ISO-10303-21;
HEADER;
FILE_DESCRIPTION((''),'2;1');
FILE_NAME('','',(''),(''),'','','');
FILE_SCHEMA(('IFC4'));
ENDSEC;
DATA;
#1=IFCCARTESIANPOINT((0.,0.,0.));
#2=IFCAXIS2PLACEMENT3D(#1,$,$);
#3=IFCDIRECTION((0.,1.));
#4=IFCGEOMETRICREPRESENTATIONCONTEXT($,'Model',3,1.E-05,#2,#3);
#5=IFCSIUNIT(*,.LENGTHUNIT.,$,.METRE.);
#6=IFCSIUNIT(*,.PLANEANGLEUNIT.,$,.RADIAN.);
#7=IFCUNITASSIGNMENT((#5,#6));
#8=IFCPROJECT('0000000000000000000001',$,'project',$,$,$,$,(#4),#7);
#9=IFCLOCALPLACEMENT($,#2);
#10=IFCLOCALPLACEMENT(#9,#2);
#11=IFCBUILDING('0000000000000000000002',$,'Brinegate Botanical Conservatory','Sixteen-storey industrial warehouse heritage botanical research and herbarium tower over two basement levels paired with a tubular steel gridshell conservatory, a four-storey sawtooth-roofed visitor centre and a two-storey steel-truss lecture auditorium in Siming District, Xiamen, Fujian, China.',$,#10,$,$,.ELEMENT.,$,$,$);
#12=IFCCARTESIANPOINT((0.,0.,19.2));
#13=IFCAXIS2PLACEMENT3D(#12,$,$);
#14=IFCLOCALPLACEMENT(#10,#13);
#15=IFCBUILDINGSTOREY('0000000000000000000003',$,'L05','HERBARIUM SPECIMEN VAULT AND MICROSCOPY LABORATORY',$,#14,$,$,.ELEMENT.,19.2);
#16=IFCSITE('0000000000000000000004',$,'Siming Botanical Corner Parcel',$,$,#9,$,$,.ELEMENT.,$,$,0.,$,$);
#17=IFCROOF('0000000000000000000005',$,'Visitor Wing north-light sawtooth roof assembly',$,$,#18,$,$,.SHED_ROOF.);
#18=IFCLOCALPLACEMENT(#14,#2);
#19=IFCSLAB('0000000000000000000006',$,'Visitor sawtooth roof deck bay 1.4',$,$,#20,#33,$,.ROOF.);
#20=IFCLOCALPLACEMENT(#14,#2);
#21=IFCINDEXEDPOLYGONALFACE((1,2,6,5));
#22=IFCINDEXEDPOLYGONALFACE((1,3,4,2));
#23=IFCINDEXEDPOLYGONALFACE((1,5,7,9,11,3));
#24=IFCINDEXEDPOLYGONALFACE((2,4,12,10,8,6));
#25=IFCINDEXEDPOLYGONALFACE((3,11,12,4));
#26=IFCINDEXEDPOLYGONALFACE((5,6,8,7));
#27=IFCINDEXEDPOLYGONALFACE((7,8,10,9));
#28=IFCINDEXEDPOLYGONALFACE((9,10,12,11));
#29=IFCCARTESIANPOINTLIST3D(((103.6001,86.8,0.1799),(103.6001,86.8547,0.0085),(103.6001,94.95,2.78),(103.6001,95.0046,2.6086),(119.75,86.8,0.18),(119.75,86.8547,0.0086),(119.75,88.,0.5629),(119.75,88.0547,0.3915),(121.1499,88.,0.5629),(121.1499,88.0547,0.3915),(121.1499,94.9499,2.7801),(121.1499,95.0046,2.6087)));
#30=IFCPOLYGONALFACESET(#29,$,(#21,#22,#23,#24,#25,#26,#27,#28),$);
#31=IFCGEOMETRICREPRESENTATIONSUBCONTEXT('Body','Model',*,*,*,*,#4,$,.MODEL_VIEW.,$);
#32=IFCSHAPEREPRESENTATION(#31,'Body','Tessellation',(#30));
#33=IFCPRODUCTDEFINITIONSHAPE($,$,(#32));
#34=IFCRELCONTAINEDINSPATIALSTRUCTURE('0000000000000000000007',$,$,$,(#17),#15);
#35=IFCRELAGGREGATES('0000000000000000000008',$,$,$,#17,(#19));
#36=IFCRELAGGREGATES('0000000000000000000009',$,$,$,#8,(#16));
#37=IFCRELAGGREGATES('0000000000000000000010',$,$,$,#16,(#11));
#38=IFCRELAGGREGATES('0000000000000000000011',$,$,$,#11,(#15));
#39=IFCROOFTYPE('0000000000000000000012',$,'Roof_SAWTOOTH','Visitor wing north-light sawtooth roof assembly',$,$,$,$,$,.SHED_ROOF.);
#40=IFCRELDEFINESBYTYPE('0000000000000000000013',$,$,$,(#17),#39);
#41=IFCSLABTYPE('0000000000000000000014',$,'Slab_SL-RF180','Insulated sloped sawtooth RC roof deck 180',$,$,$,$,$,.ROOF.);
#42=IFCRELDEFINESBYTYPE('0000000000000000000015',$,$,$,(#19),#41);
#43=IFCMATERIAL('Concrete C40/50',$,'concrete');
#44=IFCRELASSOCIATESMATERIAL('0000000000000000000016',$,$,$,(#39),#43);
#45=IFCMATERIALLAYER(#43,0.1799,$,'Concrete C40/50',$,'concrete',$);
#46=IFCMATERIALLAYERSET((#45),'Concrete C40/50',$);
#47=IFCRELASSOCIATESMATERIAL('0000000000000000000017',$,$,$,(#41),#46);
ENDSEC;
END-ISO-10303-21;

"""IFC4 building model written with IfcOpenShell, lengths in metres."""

from ifc_helpers import new_model, si_unit, direction, frame, origin, place, context, subcontext, project, spatial, polyline, outline, extrude, material, layer, layer_set, type_object, element, aggregate, save


model = new_model("IFC4")

# Units and contexts
model_context = context("Model", 3, precision=1e-05, world=origin(), true_north=direction((0.0, 1.0)))
body_context = subcontext(model_context, "Body", "Model", "MODEL_VIEW")
ifc_project = project(units=[si_unit("LENGTHUNIT", "METRE"), si_unit("PLANEANGLEUNIT", "RADIAN")], contexts=[model_context])

# Site, building, storey
site_placement = place(None, origin())
site = spatial("IfcSite", under=ifc_project, at=site_placement, Name="Siming Botanical Corner Parcel", CompositionType="ELEMENT", RefElevation=0.0)
building_placement = place(site_placement, origin())
building = spatial("IfcBuilding", under=site, at=building_placement, Name="Brinegate Botanical Conservatory", Description="Sixteen-storey industrial warehouse heritage botanical research and herbarium tower over two basement levels paired with a tubular steel gridshell conservatory, a four-storey sawtooth-roofed visitor centre and a two-storey steel-truss lecture auditorium in Siming District, Xiamen, Fujian, China.", CompositionType="ELEMENT")
storey_placement = place(building_placement, frame((0.0, 0.0, 19.2)))
storey = spatial("IfcBuildingStorey", under=building, at=storey_placement, Name="L05", Description="HERBARIUM SPECIMEN VAULT AND MICROSCOPY LABORATORY", CompositionType="ELEMENT", Elevation=19.2)

# Roof, slab
ifc_material_1 = material(Name="Concrete C40/50", Category="concrete")
roof_type = type_object("IfcRoofType", Name="Roof_SAWTOOTH", Description="Visitor wing north-light sawtooth roof assembly", PredefinedType="SHED_ROOF", material=ifc_material_1)
roof_placement = place(storey_placement, origin())
roof = element("IfcRoof", 1, at=roof_placement, inside=storey, type_object=roof_type, Name="Visitor Wing north-light sawtooth roof assembly", PredefinedType="SHED_ROOF")
ifc_layer_1 = layer(ifc_material_1, 0.1799, Name="Concrete C40/50", Category="concrete")
ifc_layer_set_1 = layer_set([ifc_layer_1], Name="Concrete C40/50")
slab_type = type_object("IfcSlabType", Name="Slab_SL-RF180", Description="Insulated sloped sawtooth RC roof deck 180", PredefinedType="ROOF", material=ifc_layer_set_1)
slab_placement = place(storey_placement, frame((103.6001, 86.8, 0.1799), z_axis=(-0.000006, -0.303939, 0.952691), x_axis=(1.0, -0.000002, 0.000006)))
slab = element("IfcSlab", 2, at=slab_placement, type_object=slab_type, Name="Visitor sawtooth roof deck bay 1.4", PredefinedType="ROOF", context=body_context, shape_type="SweptSolid", body=[
    extrude(outline(polyline([(0.0, 0.0), (16.1499, 0.0), (16.1499, 1.2596), (17.5498, 1.2596), (17.5498, 8.5546), (0.0, 8.5546), (0.0, 0.0)])), origin(), (0.0, 0.0, -1.0), 0.1799),
])
aggregate(roof, [slab])

save(model, "model.ifc")
